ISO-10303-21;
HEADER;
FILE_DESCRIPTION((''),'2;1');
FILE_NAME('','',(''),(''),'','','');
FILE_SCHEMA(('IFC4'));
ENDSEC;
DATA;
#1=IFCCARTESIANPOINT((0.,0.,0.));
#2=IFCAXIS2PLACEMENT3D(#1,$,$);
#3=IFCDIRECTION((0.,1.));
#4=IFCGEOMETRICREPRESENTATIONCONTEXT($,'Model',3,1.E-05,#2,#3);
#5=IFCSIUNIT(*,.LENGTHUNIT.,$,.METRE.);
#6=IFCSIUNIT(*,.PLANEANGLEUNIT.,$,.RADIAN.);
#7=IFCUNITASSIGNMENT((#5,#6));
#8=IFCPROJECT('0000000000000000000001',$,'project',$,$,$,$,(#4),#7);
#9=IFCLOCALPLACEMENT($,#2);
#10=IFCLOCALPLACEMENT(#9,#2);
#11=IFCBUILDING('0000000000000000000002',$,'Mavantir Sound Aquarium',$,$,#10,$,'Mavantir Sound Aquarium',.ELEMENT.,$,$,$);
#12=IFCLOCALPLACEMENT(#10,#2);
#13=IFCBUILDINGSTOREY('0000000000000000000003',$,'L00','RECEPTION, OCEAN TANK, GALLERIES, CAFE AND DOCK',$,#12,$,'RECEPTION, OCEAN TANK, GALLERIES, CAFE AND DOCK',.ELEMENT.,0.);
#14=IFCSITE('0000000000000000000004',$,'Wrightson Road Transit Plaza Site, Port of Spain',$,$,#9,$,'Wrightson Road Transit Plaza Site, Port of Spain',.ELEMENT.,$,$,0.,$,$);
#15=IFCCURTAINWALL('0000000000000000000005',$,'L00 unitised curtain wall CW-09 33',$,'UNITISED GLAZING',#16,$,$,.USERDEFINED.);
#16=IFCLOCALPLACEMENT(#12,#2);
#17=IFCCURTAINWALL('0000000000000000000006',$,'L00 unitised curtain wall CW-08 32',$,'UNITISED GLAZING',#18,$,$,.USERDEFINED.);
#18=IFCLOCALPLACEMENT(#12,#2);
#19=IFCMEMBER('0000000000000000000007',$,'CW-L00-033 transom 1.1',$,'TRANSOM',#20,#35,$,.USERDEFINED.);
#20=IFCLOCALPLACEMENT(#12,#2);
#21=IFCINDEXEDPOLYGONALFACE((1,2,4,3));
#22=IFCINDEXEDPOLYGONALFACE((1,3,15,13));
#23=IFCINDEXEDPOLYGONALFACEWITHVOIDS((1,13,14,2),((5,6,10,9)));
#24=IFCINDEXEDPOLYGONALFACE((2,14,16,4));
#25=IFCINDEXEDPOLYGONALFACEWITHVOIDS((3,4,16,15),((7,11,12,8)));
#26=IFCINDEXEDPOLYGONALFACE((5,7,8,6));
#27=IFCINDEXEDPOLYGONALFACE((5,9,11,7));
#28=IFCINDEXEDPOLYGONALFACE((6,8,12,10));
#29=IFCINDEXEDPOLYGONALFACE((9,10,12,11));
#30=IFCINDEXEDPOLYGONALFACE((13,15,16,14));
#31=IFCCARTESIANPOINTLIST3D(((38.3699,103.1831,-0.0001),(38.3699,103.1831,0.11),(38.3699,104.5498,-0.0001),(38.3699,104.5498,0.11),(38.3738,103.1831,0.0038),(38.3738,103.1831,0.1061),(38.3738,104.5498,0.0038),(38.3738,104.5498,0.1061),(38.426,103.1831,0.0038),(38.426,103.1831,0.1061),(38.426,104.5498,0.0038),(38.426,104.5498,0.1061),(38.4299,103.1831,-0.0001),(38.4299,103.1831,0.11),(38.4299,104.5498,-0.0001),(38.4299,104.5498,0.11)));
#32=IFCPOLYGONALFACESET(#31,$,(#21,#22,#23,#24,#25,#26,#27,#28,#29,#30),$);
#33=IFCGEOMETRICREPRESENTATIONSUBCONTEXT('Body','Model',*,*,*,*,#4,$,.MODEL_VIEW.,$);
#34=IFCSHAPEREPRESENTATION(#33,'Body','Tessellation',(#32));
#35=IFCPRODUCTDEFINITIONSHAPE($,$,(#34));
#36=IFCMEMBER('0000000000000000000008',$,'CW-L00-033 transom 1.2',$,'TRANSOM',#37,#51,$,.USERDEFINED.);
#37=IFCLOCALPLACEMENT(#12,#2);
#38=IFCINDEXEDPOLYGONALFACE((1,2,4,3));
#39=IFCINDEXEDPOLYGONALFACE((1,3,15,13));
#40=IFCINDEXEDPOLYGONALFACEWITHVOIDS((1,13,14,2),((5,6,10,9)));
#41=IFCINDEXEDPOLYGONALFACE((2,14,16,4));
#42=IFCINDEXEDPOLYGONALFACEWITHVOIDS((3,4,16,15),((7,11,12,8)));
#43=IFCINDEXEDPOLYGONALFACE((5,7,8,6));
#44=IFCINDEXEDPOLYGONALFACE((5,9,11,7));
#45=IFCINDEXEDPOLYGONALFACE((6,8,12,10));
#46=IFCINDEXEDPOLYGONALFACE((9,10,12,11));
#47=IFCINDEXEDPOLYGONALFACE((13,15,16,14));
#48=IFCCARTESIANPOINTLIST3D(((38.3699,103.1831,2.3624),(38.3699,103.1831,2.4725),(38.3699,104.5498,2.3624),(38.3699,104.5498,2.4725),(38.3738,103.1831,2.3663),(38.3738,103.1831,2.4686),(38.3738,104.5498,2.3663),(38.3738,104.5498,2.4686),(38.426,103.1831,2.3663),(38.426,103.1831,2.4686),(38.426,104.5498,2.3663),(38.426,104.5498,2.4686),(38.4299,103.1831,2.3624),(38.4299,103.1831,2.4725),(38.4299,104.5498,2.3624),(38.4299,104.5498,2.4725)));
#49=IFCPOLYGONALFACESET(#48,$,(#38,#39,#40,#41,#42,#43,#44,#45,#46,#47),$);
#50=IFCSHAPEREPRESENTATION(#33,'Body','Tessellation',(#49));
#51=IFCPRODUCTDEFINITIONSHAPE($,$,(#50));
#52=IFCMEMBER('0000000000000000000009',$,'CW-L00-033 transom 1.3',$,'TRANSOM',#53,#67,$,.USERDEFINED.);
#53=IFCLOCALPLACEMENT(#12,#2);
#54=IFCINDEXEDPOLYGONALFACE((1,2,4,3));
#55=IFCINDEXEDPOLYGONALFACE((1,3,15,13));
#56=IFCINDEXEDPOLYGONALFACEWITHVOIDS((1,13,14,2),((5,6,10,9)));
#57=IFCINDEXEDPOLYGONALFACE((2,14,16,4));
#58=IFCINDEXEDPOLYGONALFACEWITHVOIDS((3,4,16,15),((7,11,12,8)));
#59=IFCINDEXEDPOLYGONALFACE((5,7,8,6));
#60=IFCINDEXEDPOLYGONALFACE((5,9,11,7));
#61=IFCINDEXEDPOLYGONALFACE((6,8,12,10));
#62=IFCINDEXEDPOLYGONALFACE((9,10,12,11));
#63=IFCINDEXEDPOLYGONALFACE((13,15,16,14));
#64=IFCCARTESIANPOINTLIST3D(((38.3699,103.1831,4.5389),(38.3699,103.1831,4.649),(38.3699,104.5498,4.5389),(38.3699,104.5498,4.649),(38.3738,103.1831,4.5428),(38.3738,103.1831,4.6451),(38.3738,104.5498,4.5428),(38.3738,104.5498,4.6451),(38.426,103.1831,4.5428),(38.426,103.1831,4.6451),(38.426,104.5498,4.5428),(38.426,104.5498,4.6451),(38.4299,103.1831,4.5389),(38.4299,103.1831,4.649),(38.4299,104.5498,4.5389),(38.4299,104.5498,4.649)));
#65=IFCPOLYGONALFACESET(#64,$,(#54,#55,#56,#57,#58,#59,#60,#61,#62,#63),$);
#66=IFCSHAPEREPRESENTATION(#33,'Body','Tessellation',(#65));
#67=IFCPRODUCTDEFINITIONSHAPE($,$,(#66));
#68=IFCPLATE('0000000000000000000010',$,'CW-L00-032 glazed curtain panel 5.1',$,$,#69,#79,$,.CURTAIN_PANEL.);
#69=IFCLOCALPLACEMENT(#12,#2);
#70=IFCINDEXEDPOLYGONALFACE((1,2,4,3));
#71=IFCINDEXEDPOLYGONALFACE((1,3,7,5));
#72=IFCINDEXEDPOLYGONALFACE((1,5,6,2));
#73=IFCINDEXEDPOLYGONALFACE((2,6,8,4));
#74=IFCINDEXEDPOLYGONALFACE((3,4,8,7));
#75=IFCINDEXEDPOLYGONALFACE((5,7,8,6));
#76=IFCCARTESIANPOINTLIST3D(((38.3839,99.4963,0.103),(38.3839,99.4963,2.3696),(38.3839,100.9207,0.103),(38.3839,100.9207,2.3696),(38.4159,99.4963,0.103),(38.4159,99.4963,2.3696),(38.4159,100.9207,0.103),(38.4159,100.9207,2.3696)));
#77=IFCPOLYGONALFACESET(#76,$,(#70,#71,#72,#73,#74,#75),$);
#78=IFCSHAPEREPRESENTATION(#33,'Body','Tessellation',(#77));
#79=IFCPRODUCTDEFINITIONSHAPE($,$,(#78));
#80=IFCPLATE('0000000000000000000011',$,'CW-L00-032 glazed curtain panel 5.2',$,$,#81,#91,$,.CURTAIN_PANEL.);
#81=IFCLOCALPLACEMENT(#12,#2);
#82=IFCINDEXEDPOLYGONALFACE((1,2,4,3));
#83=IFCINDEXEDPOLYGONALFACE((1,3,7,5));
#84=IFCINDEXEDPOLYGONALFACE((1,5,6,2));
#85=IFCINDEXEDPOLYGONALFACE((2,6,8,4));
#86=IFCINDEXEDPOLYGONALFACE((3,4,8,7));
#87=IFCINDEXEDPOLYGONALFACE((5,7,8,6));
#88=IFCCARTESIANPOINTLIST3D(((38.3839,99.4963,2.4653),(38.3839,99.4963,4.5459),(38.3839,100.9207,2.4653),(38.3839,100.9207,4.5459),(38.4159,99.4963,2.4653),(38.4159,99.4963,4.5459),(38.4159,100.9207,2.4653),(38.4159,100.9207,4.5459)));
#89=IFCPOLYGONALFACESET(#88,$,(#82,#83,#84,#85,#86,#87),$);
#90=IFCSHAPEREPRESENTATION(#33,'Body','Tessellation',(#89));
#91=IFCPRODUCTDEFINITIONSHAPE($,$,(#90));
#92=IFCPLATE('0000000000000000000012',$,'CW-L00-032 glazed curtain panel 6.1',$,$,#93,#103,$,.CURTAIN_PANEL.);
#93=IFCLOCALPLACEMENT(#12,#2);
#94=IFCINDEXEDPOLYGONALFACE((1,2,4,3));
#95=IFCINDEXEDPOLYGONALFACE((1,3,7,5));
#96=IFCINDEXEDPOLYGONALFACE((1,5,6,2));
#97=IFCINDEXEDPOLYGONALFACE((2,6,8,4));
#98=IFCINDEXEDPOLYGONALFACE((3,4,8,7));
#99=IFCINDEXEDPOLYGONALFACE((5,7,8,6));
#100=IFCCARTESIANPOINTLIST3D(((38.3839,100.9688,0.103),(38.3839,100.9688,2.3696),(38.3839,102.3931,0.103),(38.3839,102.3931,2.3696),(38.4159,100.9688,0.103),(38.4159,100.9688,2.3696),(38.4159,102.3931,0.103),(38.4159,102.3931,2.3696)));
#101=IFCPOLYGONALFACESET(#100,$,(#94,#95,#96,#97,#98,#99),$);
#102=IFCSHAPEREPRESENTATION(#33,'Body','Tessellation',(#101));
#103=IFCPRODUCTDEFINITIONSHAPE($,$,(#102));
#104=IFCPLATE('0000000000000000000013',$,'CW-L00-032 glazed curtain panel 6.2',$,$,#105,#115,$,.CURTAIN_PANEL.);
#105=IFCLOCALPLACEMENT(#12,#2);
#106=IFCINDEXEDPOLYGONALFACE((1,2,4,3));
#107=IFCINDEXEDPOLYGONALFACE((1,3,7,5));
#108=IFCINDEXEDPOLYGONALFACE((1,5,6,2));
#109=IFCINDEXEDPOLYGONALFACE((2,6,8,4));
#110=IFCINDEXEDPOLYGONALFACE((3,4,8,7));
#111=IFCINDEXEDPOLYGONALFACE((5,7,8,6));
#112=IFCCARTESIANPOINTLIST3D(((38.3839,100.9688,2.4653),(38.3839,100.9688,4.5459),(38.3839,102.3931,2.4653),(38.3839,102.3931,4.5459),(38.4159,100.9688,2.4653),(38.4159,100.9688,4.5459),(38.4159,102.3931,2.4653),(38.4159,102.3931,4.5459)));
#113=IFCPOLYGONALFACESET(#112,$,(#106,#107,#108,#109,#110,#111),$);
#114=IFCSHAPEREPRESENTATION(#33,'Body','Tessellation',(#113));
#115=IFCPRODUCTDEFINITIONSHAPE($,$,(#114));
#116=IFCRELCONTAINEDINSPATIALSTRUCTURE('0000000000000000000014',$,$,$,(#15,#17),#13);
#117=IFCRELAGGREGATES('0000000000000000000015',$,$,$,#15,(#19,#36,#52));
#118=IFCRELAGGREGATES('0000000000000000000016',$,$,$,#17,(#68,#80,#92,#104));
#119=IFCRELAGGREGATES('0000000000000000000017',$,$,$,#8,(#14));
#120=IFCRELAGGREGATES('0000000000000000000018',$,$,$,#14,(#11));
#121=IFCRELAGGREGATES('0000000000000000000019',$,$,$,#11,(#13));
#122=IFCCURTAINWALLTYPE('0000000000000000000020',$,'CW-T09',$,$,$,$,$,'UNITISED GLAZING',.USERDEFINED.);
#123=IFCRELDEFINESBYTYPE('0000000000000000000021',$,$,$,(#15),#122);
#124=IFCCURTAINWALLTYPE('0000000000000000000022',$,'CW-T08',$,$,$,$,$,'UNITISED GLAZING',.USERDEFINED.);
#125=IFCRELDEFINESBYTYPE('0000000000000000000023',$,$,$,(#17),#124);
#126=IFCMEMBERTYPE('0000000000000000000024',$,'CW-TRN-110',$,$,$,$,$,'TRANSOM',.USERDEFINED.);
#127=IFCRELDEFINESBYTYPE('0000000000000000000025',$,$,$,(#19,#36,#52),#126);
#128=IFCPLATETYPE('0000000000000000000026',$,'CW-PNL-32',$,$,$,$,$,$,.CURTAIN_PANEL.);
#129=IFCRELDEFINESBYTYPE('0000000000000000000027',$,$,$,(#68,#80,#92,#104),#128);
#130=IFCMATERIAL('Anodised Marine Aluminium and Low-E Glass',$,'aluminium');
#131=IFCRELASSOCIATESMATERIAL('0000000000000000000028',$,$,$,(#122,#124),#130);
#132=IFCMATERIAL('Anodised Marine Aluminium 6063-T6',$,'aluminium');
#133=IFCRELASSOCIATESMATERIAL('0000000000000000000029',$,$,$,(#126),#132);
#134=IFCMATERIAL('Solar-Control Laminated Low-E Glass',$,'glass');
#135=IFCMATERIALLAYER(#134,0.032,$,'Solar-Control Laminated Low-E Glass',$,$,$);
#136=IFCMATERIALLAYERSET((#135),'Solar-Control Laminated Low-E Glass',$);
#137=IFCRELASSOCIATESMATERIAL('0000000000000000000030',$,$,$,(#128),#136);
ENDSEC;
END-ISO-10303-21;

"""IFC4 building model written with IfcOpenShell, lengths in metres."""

from ifc_helpers import new_model, si_unit, direction, frame, origin, origin_2d, place, context, subcontext, project, spatial, rectangle, hollow_rectangle, extrude, material, layer, layer_set, material_profile, profile_set, type_object, element, aggregate, save


model = new_model("IFC4")

# Units and contexts
model_context = context("Model", 3, precision=1e-05, world=origin(), true_north=direction((0.0, 1.0)))
body_context = subcontext(model_context, "Body", "Model", "MODEL_VIEW")
ifc_project = project(units=[si_unit("LENGTHUNIT", "METRE"), si_unit("PLANEANGLEUNIT", "RADIAN")], contexts=[model_context])

# Site, building, storey
site_placement = place(None, origin())
site = spatial("IfcSite", under=ifc_project, at=site_placement, Name="Wrightson Road Transit Plaza Site, Port of Spain", LongName="Wrightson Road Transit Plaza Site, Port of Spain", CompositionType="ELEMENT", RefElevation=0.0)
building_placement = place(site_placement, origin())
building = spatial("IfcBuilding", under=site, at=building_placement, Name="Mavantir Sound Aquarium", LongName="Mavantir Sound Aquarium", CompositionType="ELEMENT")
storey_placement = place(building_placement, origin())
storey = spatial("IfcBuildingStorey", under=building, at=storey_placement, Name="L00", Description="RECEPTION, OCEAN TANK, GALLERIES, CAFE AND DOCK", LongName="RECEPTION, OCEAN TANK, GALLERIES, CAFE AND DOCK", CompositionType="ELEMENT", Elevation=0.0)

# Curtain walls
ifc_material_1 = material(Name="Anodised Marine Aluminium and Low-E Glass", Category="aluminium")
curtain_wall_type_1 = type_object("IfcCurtainWallType", Name="CW-T09", ElementType="UNITISED GLAZING", PredefinedType="USERDEFINED", material=ifc_material_1)
curtain_wall_1_placement = place(storey_placement, origin())
curtain_wall_1 = element("IfcCurtainWall", 1, at=curtain_wall_1_placement, inside=storey, type_object=curtain_wall_type_1, Name="L00 unitised curtain wall CW-09 33", ObjectType="UNITISED GLAZING", PredefinedType="USERDEFINED")
ifc_material_2 = material(Name="Anodised Marine Aluminium 6063-T6", Category="aluminium")
curtain_wall_type_2 = type_object("IfcCurtainWallType", Name="CW-T08", ElementType="UNITISED GLAZING", PredefinedType="USERDEFINED", material=ifc_material_1)
curtain_wall_2_placement = place(storey_placement, origin())
curtain_wall_2 = element("IfcCurtainWall", 2, at=curtain_wall_2_placement, inside=storey, type_object=curtain_wall_type_2, Name="L00 unitised curtain wall CW-08 32", ObjectType="UNITISED GLAZING", PredefinedType="USERDEFINED")
ifc_material_profile_1 = material_profile(ifc_material_2, hollow_rectangle(XDim=0.0601, YDim=0.1101, WallThickness=0.0039, at=origin_2d()), Name="ALU-TRANSOM-110X60")
ifc_profile_set_1 = profile_set([ifc_material_profile_1], Name="Anodised Marine Aluminium 6063-T6")
member_type_1 = type_object("IfcMemberType", Name="CW-TRN-110", ElementType="TRANSOM", PredefinedType="USERDEFINED", material=ifc_profile_set_1)

# Members
member_1_placement = place(storey_placement, frame((38.3999, 103.1831, 0.0549), z_axis=(0.0, 1.0, 0.0), x_axis=(-1.0, 0.0, 0.0)))
member_1 = element("IfcMember", 3, at=member_1_placement, type_object=member_type_1, Name="CW-L00-033 transom 1.1", ObjectType="TRANSOM", PredefinedType="USERDEFINED", context=body_context, shape_type="SweptSolid", body=[
    extrude(hollow_rectangle(XDim=0.0601, YDim=0.1101, WallThickness=0.0039, at=origin_2d()), origin(), (0.0, 0.0, 1.0), 1.3667),
])
member_2_placement = place(storey_placement, frame((38.3999, 103.1831, 2.4175), z_axis=(0.0, 1.0, 0.0), x_axis=(-1.0, 0.0, 0.0)))
member_2 = element("IfcMember", 4, at=member_2_placement, type_object=member_type_1, Name="CW-L00-033 transom 1.2", ObjectType="TRANSOM", PredefinedType="USERDEFINED", context=body_context, shape_type="SweptSolid", body=[
    extrude(hollow_rectangle(XDim=0.0601, YDim=0.1101, WallThickness=0.0039, at=origin_2d()), origin(), (0.0, 0.0, 1.0), 1.3667),
])
member_3_placement = place(storey_placement, frame((38.3999, 103.1831, 4.594), z_axis=(0.0, 1.0, 0.0), x_axis=(-1.0, 0.0, 0.0)))
member_3 = element("IfcMember", 5, at=member_3_placement, type_object=member_type_1, Name="CW-L00-033 transom 1.3", ObjectType="TRANSOM", PredefinedType="USERDEFINED", context=body_context, shape_type="SweptSolid", body=[
    extrude(hollow_rectangle(XDim=0.0601, YDim=0.1101, WallThickness=0.0039, at=origin_2d()), origin(), (0.0, 0.0, 1.0), 1.3667),
])
aggregate(curtain_wall_1, [member_1, member_2, member_3])

# Plates
ifc_material_3 = material(Name="Solar-Control Laminated Low-E Glass", Category="glass")
ifc_layer = layer(ifc_material_3, 0.032, Name="Solar-Control Laminated Low-E Glass")
ifc_layer_set = layer_set([ifc_layer], Name="Solar-Control Laminated Low-E Glass")
plate_type = type_object("IfcPlateType", Name="CW-PNL-32", PredefinedType="CURTAIN_PANEL", material=ifc_layer_set)
plate_1_placement = place(storey_placement, frame((38.3999, 100.2085, 0.103), z_axis=(0.0, 0.0, 1.0), x_axis=(0.0, 1.0, 0.0)))
plate_1 = element("IfcPlate", 6, at=plate_1_placement, type_object=plate_type, Name="CW-L00-032 glazed curtain panel 5.1", PredefinedType="CURTAIN_PANEL", context=body_context, shape_type="SweptSolid", body=[
    extrude(rectangle(XDim=1.4243, YDim=0.032, at=origin_2d()), origin(), (0.0, 0.0, 1.0), 2.2666),
])
plate_2_placement = place(storey_placement, frame((38.3999, 100.2085, 2.4653), z_axis=(0.0, 0.0, 1.0), x_axis=(0.0, 1.0, 0.0)))
plate_2 = element("IfcPlate", 7, at=plate_2_placement, type_object=plate_type, Name="CW-L00-032 glazed curtain panel 5.2", PredefinedType="CURTAIN_PANEL", context=body_context, shape_type="SweptSolid", body=[
    extrude(rectangle(XDim=1.4243, YDim=0.032, at=origin_2d()), origin(), (0.0, 0.0, 1.0), 2.0806),
])
plate_3_placement = place(storey_placement, frame((38.3999, 101.6809, 0.103), z_axis=(0.0, 0.0, 1.0), x_axis=(0.0, 1.0, 0.0)))
plate_3 = element("IfcPlate", 8, at=plate_3_placement, type_object=plate_type, Name="CW-L00-032 glazed curtain panel 6.1", PredefinedType="CURTAIN_PANEL", context=body_context, shape_type="SweptSolid", body=[
    extrude(rectangle(XDim=1.4243, YDim=0.032, at=origin_2d()), origin(), (0.0, 0.0, 1.0), 2.2666),
])
plate_4_placement = place(storey_placement, frame((38.3999, 101.6809, 2.4653), z_axis=(0.0, 0.0, 1.0), x_axis=(0.0, 1.0, 0.0)))
plate_4 = element("IfcPlate", 9, at=plate_4_placement, type_object=plate_type, Name="CW-L00-032 glazed curtain panel 6.2", PredefinedType="CURTAIN_PANEL", context=body_context, shape_type="SweptSolid", body=[
    extrude(rectangle(XDim=1.4243, YDim=0.032, at=origin_2d()), origin(), (0.0, 0.0, 1.0), 2.0806),
])
aggregate(curtain_wall_2, [plate_1, plate_2, plate_3, plate_4])

save(model, "model.ifc")
